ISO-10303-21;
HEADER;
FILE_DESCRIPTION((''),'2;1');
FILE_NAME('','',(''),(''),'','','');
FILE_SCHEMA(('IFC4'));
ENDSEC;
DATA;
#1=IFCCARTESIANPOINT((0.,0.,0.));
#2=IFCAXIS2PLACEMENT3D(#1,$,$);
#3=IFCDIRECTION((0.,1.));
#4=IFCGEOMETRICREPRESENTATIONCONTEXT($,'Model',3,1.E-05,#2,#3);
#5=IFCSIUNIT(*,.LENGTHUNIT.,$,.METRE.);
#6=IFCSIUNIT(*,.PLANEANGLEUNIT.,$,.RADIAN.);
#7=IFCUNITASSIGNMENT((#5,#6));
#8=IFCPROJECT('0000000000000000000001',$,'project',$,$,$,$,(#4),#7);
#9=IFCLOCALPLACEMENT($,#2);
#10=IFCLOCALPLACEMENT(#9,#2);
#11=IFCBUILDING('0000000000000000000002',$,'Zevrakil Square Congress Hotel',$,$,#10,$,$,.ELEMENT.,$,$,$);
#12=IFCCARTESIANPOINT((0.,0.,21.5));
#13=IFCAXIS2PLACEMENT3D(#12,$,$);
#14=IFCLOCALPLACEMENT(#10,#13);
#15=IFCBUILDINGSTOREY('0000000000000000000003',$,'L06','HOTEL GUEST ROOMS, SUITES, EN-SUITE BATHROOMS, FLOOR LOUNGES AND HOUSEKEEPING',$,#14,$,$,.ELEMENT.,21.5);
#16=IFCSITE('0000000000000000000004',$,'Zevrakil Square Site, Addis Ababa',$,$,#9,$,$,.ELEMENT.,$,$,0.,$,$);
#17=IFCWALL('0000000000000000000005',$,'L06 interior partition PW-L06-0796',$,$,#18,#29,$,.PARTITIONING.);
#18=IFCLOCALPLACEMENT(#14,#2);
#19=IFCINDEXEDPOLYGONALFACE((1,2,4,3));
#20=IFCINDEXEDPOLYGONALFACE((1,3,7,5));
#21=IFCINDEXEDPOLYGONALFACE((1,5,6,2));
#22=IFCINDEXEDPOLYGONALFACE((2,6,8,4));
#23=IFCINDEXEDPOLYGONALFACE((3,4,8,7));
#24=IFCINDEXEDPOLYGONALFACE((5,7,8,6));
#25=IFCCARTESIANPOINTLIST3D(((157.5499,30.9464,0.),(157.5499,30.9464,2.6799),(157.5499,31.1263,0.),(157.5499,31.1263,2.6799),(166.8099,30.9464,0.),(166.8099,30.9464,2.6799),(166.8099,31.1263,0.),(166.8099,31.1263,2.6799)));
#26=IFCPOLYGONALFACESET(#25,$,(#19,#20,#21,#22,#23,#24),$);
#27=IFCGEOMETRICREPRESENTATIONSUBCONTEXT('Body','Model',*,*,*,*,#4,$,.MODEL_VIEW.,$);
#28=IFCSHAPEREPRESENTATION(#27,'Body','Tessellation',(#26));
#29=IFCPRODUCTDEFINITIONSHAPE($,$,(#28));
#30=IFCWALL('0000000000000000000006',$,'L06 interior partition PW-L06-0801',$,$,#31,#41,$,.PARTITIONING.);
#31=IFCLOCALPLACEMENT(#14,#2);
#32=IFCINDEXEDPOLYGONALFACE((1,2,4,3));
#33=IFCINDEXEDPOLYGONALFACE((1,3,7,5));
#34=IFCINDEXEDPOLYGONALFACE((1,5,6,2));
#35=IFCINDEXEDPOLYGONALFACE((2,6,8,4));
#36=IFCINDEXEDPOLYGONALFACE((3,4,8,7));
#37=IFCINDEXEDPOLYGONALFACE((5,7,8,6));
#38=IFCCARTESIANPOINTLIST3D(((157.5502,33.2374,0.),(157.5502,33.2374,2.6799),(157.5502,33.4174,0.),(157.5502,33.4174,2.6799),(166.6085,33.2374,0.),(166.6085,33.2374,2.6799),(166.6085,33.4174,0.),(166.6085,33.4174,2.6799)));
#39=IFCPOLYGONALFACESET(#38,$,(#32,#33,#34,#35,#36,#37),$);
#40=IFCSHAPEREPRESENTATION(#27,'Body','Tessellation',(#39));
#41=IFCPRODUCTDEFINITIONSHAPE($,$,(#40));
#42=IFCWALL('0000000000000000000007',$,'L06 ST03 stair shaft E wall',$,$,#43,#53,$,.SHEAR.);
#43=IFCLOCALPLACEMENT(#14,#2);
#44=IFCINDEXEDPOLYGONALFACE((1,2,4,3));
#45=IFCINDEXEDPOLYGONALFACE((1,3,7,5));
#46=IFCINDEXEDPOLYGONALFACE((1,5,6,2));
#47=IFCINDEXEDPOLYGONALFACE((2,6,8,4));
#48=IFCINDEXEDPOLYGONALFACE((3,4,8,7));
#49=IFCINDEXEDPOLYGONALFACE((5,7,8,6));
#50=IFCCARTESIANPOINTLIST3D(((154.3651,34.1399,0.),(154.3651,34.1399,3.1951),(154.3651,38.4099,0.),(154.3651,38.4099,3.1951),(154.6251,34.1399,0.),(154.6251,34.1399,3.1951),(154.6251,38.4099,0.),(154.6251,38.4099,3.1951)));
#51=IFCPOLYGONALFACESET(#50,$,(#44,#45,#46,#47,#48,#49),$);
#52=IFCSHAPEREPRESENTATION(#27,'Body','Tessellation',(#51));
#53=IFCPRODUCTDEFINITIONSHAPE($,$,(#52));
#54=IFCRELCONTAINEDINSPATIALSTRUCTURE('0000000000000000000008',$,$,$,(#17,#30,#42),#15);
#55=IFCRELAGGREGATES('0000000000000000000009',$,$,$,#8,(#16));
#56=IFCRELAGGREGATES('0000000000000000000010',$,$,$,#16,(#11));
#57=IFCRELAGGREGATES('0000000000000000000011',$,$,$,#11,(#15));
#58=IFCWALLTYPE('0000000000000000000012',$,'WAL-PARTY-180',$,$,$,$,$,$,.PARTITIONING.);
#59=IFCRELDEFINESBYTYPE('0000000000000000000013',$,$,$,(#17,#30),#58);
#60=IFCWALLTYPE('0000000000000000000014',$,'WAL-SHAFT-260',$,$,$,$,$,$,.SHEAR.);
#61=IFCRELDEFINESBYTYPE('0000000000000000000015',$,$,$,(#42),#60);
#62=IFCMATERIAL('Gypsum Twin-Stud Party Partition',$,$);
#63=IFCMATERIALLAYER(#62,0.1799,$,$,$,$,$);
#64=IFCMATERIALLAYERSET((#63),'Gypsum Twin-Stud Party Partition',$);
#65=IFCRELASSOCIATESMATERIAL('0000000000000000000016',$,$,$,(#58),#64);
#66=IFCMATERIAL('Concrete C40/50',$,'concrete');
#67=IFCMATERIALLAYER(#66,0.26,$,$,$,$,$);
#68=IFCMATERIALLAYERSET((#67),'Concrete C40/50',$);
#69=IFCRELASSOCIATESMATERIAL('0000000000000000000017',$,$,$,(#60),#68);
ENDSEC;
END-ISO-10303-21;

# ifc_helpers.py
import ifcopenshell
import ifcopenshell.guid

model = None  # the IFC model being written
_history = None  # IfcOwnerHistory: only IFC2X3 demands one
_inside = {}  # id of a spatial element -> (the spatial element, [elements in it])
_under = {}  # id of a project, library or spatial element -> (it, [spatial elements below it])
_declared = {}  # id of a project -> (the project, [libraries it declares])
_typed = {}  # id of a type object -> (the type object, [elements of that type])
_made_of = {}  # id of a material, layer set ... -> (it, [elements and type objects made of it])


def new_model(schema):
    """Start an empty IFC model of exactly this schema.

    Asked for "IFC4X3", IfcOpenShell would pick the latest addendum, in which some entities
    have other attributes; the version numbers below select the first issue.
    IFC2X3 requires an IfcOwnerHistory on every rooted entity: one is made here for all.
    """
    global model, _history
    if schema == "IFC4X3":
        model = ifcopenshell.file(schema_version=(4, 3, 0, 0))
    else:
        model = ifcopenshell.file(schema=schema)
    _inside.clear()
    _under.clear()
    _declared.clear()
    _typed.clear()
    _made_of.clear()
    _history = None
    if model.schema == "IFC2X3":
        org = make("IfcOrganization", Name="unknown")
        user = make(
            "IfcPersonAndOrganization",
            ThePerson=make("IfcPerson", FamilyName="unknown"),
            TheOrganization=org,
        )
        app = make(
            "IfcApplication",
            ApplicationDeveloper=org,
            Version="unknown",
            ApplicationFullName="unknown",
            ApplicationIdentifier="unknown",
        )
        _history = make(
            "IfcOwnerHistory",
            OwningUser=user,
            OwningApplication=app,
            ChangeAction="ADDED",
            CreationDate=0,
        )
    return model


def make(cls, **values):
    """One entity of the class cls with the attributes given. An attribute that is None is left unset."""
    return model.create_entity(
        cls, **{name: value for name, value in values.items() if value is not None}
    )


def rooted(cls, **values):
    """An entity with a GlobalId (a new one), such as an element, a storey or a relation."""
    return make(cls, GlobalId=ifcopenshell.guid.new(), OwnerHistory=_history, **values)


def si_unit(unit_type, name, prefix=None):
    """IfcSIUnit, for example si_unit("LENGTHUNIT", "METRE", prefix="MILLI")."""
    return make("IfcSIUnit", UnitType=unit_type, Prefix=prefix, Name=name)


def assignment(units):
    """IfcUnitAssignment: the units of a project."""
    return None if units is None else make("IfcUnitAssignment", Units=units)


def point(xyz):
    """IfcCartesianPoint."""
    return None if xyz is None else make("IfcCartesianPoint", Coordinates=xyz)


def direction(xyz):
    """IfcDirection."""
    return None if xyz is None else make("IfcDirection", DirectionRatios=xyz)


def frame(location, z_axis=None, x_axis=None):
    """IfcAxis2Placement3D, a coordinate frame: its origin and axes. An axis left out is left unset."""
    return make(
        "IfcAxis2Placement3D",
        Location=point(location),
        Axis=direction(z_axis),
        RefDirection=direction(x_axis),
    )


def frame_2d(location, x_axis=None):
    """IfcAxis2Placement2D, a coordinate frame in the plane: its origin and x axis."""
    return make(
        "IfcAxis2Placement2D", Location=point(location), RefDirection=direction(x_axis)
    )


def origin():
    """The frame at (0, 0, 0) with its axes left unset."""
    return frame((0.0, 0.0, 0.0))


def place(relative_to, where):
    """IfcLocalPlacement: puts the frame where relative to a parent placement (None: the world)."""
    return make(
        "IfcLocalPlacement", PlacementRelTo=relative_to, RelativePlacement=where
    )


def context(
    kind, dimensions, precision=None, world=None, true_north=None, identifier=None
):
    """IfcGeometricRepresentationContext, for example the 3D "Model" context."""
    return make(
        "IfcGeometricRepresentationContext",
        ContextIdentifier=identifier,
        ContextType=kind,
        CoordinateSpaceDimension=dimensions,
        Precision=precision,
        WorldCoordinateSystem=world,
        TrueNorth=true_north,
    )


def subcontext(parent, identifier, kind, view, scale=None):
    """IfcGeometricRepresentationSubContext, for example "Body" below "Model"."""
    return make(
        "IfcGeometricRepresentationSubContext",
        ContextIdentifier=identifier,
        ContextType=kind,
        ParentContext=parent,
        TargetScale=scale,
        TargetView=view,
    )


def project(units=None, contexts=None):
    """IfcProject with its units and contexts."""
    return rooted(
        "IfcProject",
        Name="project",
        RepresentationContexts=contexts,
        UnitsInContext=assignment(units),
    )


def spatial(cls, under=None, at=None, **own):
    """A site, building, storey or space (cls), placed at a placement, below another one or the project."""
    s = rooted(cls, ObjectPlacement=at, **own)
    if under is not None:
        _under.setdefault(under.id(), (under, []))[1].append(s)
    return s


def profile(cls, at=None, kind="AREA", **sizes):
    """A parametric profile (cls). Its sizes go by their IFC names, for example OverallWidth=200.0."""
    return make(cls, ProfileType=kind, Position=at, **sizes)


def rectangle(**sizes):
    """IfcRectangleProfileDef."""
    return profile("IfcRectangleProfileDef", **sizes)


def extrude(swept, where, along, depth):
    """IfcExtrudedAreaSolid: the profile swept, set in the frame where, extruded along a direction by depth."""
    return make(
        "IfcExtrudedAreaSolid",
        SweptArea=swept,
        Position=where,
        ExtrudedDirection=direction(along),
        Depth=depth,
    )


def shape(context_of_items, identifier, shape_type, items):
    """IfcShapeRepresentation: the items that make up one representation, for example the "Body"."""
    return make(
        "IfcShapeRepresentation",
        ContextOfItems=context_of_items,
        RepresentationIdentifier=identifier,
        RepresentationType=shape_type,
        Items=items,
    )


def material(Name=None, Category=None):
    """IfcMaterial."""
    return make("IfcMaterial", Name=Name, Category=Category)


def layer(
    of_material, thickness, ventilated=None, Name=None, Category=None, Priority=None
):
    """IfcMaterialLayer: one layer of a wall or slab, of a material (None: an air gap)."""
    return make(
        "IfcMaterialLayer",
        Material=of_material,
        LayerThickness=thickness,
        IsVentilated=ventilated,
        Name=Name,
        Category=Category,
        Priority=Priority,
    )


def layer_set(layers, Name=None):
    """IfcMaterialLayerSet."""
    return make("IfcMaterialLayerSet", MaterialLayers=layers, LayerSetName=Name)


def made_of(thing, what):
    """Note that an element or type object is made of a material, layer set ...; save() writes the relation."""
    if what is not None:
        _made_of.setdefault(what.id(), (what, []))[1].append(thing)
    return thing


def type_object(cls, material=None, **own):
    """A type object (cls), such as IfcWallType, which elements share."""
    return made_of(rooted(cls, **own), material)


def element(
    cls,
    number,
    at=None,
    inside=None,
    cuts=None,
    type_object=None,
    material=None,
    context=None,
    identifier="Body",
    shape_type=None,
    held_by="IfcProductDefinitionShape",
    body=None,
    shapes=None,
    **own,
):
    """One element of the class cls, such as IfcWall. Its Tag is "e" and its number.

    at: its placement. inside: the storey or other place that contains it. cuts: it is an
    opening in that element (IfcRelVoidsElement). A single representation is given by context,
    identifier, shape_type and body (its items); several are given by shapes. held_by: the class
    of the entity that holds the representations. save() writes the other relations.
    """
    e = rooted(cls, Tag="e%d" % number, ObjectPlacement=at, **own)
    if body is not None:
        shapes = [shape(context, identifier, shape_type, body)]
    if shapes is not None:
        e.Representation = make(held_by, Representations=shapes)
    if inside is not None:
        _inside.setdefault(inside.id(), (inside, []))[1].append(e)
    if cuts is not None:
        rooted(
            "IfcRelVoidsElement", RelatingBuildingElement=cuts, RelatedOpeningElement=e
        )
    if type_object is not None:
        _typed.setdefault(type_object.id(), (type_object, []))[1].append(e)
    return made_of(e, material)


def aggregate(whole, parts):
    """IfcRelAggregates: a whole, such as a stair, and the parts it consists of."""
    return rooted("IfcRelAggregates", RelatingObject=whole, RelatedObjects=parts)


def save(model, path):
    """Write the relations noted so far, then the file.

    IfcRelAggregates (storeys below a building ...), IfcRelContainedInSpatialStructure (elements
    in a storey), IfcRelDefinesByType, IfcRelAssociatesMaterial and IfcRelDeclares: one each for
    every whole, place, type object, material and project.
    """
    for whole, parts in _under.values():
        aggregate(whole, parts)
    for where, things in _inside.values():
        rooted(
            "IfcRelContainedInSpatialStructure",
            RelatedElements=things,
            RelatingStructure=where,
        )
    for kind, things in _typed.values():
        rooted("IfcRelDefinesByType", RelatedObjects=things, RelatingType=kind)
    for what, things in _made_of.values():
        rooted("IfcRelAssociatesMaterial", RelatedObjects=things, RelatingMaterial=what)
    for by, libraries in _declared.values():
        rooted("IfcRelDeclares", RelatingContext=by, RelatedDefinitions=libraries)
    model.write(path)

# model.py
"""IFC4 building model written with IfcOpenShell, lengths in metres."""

from ifc_helpers import new_model, si_unit, direction, frame, frame_2d, origin, place, context, subcontext, project, spatial, rectangle, extrude, material, layer, layer_set, type_object, element, save


model = new_model("IFC4")

# Units and contexts
model_context = context("Model", 3, precision=1e-05, world=origin(), true_north=direction((0.0, 1.0)))
body_context = subcontext(model_context, "Body", "Model", "MODEL_VIEW")
ifc_project = project(units=[si_unit("LENGTHUNIT", "METRE"), si_unit("PLANEANGLEUNIT", "RADIAN")], contexts=[model_context])

# Site, building, storey
site_placement = place(None, origin())
site = spatial("IfcSite", under=ifc_project, at=site_placement, Name="Zevrakil Square Site, Addis Ababa", CompositionType="ELEMENT", RefElevation=0.0)
building_placement = place(site_placement, origin())
building = spatial("IfcBuilding", under=site, at=building_placement, Name="Zevrakil Square Congress Hotel", CompositionType="ELEMENT")
storey_placement = place(building_placement, frame((0.0, 0.0, 21.5)))
storey = spatial("IfcBuildingStorey", under=building, at=storey_placement, Name="L06", Description="HOTEL GUEST ROOMS, SUITES, EN-SUITE BATHROOMS, FLOOR LOUNGES AND HOUSEKEEPING", CompositionType="ELEMENT", Elevation=21.5)

# Walls
ifc_material_1 = material(Name="Gypsum Twin-Stud Party Partition")
ifc_layer_1 = layer(ifc_material_1, 0.1799)
ifc_layer_set_1 = layer_set([ifc_layer_1], Name="Gypsum Twin-Stud Party Partition")
wall_type_1 = type_object("IfcWallType", Name="WAL-PARTY-180", PredefinedType="PARTITIONING", material=ifc_layer_set_1)
for number, where, z_axis, x_axis, name in (
    (1, (157.55, 31.0364, 0.0), (0.0, 0.0, 1.0), (1.0, 0.0, 0.0), "L06 interior partition PW-L06-0796"),
):
    element("IfcWall", number, at=place(storey_placement, frame(where, z_axis=z_axis, x_axis=x_axis)), inside=storey, type_object=wall_type_1, Name=name, PredefinedType="PARTITIONING", context=body_context, shape_type="SweptSolid", body=[
        extrude(rectangle(XDim=9.26, YDim=0.1799, at=frame_2d((4.6299, 0.0))), origin(), (0.0, 0.0, 1.0), 2.6799),
    ])
wall_1_placement = place(storey_placement, frame((157.55, 33.3274, 0.0), z_axis=(0.0, 0.0, 1.0), x_axis=(1.0, 0.0, 0.0)))
element("IfcWall", 2, at=wall_1_placement, inside=storey, type_object=wall_type_1, Name="L06 interior partition PW-L06-0801", PredefinedType="PARTITIONING", context=body_context, shape_type="SweptSolid", body=[
    extrude(rectangle(XDim=9.0583, YDim=0.1799, at=frame_2d((4.5293, 0.0))), origin(), (0.0, 0.0, 1.0), 2.6799),
])
ifc_material_2 = material(Name="Concrete C40/50", Category="concrete")
ifc_layer_2 = layer(ifc_material_2, 0.26)
ifc_layer_set_2 = layer_set([ifc_layer_2], Name="Concrete C40/50")
wall_type_2 = type_object("IfcWallType", Name="WAL-SHAFT-260", PredefinedType="SHEAR", material=ifc_layer_set_2)
wall_2_placement = place(storey_placement, frame((154.4951, 34.1399, 0.0), z_axis=(0.0, 0.0, 1.0), x_axis=(0.0, 1.0, 0.0)))
element("IfcWall", 3, at=wall_2_placement, inside=storey, type_object=wall_type_2, Name="L06 ST03 stair shaft E wall", PredefinedType="SHEAR", context=body_context, shape_type="SweptSolid", body=[
    extrude(rectangle(XDim=4.27, YDim=0.26, at=frame_2d((2.135, 0.0))), origin(), (0.0, 0.0, 1.0), 3.1951),
])

save(model, "model.ifc")
